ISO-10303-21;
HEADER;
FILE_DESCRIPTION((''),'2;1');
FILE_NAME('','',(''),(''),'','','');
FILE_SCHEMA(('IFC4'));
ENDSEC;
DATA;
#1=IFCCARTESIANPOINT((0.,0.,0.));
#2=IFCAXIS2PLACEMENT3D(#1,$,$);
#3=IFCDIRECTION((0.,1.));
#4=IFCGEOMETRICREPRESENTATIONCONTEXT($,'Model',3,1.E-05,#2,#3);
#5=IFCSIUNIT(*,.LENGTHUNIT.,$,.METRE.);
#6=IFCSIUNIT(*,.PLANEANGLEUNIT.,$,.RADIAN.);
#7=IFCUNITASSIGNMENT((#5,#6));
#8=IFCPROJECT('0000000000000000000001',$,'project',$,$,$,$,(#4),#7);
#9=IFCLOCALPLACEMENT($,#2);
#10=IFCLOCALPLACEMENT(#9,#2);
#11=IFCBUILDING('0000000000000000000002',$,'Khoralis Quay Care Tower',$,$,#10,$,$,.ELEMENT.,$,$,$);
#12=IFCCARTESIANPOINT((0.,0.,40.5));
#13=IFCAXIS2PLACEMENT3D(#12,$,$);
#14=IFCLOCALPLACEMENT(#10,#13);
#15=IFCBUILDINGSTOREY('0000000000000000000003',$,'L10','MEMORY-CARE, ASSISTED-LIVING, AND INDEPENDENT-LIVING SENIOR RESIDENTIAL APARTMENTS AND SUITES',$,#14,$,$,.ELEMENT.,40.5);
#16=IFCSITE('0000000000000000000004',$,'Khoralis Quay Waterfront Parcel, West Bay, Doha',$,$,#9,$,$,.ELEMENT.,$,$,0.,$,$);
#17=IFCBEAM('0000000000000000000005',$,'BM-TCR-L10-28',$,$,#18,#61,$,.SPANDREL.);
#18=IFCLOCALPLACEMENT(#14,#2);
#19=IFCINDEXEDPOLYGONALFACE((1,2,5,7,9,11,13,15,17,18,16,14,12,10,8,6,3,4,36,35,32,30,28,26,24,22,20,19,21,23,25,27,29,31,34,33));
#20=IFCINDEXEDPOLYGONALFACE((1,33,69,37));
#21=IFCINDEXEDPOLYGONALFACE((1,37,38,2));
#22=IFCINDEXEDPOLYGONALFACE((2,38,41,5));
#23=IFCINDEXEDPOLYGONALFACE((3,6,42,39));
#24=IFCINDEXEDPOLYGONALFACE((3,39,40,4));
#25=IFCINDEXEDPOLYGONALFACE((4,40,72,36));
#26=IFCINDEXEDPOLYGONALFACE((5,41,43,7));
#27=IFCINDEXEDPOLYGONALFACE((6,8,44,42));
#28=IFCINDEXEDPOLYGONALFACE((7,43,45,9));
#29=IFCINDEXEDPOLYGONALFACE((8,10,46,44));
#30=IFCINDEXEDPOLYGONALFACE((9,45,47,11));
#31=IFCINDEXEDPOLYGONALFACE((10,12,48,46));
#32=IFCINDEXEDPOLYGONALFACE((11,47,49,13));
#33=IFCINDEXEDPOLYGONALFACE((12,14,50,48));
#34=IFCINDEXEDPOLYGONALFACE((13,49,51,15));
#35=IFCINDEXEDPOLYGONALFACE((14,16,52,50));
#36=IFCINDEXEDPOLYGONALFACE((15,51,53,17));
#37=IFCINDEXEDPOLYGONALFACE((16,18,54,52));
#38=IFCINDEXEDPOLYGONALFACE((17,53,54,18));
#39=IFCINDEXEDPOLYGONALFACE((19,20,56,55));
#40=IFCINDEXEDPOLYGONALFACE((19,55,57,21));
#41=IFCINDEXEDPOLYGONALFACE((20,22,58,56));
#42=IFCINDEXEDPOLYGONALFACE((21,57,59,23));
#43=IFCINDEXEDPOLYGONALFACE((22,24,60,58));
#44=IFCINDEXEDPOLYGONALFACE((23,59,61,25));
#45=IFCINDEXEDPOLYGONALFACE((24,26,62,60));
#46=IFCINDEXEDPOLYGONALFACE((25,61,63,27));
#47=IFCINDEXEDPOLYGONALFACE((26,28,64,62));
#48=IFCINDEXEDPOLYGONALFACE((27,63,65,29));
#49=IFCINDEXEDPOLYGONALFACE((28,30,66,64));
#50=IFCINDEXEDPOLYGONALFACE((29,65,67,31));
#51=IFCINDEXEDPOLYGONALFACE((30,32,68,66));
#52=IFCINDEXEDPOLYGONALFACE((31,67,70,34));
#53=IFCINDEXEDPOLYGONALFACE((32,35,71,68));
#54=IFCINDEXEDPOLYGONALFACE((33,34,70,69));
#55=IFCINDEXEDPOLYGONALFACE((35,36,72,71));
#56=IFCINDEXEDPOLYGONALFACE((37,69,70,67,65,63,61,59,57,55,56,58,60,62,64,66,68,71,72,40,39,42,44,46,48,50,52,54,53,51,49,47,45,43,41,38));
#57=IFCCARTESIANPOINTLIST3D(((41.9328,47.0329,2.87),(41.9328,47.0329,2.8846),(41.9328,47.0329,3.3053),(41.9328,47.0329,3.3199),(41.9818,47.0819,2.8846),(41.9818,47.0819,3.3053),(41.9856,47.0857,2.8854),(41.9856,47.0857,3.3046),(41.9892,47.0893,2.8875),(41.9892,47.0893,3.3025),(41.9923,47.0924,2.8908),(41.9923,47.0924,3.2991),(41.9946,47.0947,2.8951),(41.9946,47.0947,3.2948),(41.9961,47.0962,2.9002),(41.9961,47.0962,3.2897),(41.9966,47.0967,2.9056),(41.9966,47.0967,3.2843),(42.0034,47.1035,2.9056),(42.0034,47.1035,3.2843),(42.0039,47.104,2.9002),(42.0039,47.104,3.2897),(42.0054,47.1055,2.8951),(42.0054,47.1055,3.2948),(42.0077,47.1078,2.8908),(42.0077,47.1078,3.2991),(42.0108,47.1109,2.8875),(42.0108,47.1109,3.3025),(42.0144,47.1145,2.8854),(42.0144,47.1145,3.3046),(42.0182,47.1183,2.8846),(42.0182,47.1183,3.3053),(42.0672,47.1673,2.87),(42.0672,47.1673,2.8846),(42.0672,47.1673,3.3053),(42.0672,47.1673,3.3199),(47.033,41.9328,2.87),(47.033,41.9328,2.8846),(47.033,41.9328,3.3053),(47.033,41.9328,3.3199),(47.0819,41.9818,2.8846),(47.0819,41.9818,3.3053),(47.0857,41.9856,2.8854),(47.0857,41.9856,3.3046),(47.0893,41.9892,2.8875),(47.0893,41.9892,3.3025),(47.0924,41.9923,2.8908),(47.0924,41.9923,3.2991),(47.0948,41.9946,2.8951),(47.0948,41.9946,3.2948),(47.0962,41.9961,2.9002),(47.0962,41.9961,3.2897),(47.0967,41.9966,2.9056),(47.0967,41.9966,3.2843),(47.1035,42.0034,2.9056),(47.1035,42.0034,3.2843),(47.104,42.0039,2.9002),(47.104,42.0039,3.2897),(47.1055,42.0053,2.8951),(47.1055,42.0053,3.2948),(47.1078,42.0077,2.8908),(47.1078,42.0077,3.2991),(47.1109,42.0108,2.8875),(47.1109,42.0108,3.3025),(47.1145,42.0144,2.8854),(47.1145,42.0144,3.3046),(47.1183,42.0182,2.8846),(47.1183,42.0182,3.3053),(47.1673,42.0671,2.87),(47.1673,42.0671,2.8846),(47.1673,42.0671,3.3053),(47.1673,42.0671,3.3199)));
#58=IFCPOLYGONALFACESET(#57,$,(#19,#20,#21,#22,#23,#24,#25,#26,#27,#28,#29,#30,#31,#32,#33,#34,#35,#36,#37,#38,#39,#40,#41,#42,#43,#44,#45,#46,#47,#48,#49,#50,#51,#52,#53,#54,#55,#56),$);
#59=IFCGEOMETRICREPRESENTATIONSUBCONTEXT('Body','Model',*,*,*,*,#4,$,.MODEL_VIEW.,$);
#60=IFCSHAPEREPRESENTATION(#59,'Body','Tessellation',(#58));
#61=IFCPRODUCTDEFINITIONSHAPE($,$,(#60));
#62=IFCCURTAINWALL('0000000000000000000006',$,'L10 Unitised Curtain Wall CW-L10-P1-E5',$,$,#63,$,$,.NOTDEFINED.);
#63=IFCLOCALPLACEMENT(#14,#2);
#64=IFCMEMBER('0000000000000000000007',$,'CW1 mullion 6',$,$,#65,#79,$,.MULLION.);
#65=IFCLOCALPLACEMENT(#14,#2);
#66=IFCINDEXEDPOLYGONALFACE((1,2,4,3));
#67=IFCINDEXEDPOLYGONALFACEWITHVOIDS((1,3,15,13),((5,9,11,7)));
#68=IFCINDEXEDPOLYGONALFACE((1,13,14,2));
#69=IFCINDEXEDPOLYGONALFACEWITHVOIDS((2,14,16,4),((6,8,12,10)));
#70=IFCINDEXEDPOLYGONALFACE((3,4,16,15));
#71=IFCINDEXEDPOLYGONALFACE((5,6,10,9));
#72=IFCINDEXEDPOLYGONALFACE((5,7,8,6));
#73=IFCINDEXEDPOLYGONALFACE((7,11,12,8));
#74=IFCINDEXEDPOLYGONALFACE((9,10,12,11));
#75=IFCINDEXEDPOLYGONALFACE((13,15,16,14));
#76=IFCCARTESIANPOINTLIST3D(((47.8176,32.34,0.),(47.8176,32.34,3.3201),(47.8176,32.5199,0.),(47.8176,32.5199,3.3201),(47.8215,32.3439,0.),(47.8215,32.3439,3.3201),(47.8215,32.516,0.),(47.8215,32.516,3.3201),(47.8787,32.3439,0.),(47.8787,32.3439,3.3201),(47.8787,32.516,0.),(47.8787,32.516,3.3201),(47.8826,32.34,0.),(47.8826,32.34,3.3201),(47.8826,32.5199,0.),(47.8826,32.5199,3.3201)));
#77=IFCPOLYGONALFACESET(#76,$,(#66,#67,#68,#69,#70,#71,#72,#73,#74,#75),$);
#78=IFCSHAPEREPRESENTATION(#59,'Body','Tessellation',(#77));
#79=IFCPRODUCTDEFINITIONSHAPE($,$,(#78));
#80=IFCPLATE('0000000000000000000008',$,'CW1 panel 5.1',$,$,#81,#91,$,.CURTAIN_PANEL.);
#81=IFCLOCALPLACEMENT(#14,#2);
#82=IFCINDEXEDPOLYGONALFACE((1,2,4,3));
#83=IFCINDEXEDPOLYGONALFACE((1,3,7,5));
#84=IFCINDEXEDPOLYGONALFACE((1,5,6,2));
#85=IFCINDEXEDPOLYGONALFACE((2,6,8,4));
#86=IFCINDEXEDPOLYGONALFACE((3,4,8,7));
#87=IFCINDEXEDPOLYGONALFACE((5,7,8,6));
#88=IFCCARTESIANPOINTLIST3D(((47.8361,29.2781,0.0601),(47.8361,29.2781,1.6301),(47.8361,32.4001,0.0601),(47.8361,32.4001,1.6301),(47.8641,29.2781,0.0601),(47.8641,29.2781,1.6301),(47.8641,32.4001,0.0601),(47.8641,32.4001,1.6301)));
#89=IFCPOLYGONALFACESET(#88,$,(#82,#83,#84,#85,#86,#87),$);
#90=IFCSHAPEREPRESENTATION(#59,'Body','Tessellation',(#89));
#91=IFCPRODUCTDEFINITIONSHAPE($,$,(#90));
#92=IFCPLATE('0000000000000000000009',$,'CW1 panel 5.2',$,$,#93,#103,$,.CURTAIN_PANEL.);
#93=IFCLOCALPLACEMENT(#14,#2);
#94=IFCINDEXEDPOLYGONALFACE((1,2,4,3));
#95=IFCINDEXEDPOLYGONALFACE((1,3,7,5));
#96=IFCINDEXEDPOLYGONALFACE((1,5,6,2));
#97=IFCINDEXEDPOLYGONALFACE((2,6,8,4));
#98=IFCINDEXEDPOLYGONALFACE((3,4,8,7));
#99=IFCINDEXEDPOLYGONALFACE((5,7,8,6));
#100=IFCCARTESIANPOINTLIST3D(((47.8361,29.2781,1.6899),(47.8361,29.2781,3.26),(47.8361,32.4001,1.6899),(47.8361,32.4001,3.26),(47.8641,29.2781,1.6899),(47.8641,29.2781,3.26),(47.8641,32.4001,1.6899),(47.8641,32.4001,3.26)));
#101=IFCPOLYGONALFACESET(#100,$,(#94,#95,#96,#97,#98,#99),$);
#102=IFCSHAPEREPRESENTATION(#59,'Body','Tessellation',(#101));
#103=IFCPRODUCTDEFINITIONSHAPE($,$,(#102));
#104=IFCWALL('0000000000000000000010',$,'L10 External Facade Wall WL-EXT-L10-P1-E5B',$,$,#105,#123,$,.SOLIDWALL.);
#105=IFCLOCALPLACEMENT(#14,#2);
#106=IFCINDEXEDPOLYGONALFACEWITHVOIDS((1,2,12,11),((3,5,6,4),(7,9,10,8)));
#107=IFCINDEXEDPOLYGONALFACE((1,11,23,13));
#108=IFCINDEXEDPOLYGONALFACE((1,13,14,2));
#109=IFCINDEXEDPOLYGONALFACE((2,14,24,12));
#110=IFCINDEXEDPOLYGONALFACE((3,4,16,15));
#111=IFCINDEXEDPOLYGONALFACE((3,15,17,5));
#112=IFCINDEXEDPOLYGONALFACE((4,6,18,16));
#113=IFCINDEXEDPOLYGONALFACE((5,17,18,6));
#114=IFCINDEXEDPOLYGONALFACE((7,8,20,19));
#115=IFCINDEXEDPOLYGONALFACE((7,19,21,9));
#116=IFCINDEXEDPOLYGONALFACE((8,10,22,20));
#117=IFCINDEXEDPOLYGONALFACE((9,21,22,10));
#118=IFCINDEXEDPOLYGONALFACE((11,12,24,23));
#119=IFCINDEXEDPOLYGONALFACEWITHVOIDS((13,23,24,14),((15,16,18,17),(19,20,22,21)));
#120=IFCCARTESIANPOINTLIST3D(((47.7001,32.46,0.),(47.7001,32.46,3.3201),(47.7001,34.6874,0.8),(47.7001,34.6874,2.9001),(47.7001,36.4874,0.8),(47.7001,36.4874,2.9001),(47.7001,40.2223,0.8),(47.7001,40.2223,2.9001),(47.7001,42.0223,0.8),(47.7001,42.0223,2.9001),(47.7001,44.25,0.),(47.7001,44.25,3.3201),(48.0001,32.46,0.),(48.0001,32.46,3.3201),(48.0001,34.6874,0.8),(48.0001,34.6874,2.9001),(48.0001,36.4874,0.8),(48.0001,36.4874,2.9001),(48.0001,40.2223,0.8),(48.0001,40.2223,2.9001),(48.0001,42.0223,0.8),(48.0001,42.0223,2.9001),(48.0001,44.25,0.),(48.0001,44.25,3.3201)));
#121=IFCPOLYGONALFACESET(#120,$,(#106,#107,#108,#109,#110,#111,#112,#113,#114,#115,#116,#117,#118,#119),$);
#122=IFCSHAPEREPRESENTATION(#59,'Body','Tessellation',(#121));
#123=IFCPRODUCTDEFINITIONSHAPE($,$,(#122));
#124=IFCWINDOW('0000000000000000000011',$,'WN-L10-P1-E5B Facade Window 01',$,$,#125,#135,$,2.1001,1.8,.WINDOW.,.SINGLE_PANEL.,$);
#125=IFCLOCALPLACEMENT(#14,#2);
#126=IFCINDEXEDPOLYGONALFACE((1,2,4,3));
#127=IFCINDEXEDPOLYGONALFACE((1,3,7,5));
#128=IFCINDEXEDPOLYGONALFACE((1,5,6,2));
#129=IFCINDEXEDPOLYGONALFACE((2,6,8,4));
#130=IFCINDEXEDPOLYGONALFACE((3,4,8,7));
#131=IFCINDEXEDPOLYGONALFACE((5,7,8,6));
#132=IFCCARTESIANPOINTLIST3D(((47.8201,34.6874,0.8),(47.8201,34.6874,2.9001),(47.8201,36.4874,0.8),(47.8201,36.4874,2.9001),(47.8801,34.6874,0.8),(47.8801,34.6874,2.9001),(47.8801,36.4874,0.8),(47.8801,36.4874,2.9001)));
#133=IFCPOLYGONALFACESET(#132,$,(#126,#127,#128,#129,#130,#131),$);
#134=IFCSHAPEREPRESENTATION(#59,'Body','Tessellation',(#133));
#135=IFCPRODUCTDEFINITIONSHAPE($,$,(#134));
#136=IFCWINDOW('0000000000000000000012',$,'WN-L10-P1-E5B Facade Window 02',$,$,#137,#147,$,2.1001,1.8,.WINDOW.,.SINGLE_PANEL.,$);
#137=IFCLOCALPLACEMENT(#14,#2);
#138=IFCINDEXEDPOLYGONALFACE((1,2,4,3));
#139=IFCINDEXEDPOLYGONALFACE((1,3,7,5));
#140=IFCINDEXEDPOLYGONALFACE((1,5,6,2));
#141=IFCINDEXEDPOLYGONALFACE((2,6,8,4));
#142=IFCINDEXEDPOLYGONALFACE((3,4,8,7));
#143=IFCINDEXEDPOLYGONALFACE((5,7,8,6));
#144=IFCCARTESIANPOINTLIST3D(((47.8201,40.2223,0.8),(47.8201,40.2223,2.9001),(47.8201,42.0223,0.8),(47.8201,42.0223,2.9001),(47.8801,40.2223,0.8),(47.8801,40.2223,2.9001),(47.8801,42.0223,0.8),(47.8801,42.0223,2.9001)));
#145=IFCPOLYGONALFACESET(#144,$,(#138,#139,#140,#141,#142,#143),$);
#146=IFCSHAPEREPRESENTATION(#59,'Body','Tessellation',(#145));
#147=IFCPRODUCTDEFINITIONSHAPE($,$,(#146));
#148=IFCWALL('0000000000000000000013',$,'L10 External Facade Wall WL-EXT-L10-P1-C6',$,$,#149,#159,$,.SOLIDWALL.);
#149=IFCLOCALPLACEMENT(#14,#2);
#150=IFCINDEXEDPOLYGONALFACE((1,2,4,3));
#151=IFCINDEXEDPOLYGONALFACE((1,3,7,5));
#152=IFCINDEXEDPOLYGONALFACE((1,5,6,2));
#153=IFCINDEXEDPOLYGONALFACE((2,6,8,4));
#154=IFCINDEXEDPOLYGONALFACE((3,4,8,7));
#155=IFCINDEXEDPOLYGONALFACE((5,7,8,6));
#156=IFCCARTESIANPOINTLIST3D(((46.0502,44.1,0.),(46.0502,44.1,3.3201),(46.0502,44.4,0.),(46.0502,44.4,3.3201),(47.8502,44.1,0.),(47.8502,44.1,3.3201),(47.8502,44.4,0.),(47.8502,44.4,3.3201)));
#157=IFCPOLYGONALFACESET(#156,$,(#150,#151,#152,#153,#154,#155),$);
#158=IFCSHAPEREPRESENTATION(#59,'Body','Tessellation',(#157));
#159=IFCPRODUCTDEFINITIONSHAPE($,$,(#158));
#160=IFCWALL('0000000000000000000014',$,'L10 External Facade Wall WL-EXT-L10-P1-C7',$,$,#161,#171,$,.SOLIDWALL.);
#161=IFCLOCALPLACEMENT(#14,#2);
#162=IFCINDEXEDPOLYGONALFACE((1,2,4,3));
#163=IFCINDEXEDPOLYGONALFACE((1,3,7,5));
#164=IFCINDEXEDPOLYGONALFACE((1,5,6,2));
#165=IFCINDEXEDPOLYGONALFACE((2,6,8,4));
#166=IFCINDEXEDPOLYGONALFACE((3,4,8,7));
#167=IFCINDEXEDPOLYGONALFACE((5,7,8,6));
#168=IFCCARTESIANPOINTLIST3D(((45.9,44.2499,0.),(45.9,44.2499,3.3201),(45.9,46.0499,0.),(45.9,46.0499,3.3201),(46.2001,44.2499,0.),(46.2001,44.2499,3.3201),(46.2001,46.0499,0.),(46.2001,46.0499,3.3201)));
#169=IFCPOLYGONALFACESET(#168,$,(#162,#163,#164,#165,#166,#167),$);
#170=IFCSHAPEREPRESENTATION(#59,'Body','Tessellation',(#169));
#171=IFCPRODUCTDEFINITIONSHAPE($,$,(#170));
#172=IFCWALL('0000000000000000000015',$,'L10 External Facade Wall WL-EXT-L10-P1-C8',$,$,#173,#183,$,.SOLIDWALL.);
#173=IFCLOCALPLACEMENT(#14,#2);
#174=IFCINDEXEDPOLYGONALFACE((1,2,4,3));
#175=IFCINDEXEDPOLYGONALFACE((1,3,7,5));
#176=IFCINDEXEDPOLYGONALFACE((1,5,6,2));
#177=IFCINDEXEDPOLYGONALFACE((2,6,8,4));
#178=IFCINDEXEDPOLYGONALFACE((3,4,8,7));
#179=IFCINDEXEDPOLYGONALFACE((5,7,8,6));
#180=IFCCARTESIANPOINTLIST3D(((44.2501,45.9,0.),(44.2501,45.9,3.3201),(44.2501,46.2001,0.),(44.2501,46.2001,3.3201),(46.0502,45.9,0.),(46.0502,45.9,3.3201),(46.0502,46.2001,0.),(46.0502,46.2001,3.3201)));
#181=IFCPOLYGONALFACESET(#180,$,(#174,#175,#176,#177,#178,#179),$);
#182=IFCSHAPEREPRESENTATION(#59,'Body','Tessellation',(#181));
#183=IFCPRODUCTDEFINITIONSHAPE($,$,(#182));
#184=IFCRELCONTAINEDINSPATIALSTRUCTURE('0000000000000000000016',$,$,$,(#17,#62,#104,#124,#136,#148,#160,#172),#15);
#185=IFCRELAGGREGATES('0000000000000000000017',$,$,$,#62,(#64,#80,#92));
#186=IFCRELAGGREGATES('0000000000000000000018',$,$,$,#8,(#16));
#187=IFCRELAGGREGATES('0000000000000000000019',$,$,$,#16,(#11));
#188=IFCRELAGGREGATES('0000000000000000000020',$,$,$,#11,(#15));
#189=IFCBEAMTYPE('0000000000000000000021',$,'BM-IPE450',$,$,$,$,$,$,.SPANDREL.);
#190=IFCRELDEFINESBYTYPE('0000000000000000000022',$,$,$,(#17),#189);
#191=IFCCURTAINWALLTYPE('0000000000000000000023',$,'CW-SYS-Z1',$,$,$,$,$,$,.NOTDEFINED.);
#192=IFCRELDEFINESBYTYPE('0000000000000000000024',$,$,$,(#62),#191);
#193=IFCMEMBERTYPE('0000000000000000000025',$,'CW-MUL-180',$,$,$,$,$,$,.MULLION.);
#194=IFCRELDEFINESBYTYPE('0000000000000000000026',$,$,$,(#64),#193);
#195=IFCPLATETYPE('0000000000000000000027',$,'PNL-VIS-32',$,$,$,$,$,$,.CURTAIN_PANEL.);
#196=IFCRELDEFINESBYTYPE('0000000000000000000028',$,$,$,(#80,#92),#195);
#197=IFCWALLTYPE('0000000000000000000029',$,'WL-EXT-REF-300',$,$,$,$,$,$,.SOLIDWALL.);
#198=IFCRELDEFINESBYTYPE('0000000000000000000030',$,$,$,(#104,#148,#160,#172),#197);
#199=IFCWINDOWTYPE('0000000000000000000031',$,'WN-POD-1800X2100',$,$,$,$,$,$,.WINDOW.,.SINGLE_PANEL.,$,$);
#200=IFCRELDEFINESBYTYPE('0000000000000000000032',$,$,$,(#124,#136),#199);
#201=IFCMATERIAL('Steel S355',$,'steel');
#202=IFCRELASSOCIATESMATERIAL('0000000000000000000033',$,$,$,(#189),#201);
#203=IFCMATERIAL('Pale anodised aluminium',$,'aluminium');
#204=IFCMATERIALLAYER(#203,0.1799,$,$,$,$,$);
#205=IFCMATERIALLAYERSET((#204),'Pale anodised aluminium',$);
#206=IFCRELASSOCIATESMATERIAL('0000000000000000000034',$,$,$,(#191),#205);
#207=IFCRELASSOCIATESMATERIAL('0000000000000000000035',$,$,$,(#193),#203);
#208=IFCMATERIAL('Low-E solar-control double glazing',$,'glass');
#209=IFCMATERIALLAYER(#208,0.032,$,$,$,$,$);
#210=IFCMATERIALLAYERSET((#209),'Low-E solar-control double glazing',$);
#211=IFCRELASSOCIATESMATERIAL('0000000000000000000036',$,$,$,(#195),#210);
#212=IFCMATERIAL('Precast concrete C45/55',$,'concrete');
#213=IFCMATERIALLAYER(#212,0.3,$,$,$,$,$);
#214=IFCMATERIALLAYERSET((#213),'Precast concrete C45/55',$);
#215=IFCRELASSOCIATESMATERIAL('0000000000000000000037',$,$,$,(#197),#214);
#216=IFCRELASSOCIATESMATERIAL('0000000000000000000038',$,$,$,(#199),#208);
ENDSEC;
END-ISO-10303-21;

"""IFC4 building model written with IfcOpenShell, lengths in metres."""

from ifc_helpers import new_model, si_unit, direction, frame, frame_2d, origin, origin_2d, place, context, subcontext, project, spatial, rectangle, hollow_rectangle, i_section, extrude, source, transform, mapped, material, layer, layer_set, material_profile, profile_set, type_object, element, fill, aggregate, save


model = new_model("IFC4")

# Units and contexts
model_context = context("Model", 3, precision=1e-05, world=origin(), true_north=direction((0.0, 1.0)))
body_context = subcontext(model_context, "Body", "Model", "MODEL_VIEW")
ifc_project = project(units=[si_unit("LENGTHUNIT", "METRE"), si_unit("PLANEANGLEUNIT", "RADIAN")], contexts=[model_context])

# Site, building, storey
site_placement = place(None, origin())
site = spatial("IfcSite", under=ifc_project, at=site_placement, Name="Khoralis Quay Waterfront Parcel, West Bay, Doha", CompositionType="ELEMENT", RefElevation=0.0)
building_placement = place(site_placement, origin())
building = spatial("IfcBuilding", under=site, at=building_placement, Name="Khoralis Quay Care Tower", CompositionType="ELEMENT")
storey_placement = place(building_placement, frame((0.0, 0.0, 40.5)))
storey = spatial("IfcBuildingStorey", under=building, at=storey_placement, Name="L10", Description="MEMORY-CARE, ASSISTED-LIVING, AND INDEPENDENT-LIVING SENIOR RESIDENTIAL APARTMENTS AND SUITES", CompositionType="ELEMENT", Elevation=40.5)

# Beam
ifc_material_1 = material(Name="Steel S355", Category="steel")
ifc_material_profile_1 = material_profile(ifc_material_1, i_section(OverallWidth=0.1899, OverallDepth=0.45, WebThickness=0.0095, FlangeThickness=0.0146, FilletRadius=0.021, at=origin_2d()), Name="Steel S355")
ifc_profile_set_1 = profile_set([ifc_material_profile_1], Name="Steel S355")
beam_type = type_object("IfcBeamType", Name="BM-IPE450", PredefinedType="SPANDREL", material=ifc_profile_set_1)
shared_shape_1 = source(origin(), body_context, "Body", "SweptSolid", [
    extrude(i_section(OverallWidth=0.1899, OverallDepth=0.45, WebThickness=0.0095, FlangeThickness=0.0146, FilletRadius=0.021, at=origin_2d()), origin(), (0.0, 0.0, 1.0), 7.2126),
])
beam_placement = place(storey_placement, frame((42.0, 47.1001, 3.095), z_axis=(0.707107, -0.707107, 0.0), x_axis=(0.707107, 0.707107, 0.0)))
element("IfcBeam", 1, at=beam_placement, inside=storey, type_object=beam_type, Name="BM-TCR-L10-28", PredefinedType="SPANDREL", context=body_context, shape_type="MappedRepresentation", body=[
    mapped(shared_shape_1, transform((0.0, 0.0, 0.0), scale=1.0)),
])

# Curtain wall, member, plates
ifc_material_2 = material(Name="Pale anodised aluminium", Category="aluminium")
ifc_layer_1 = layer(ifc_material_2, 0.1799)
ifc_layer_set_1 = layer_set([ifc_layer_1], Name="Pale anodised aluminium")
curtain_wall_type = type_object("IfcCurtainWallType", Name="CW-SYS-Z1", PredefinedType="NOTDEFINED", material=ifc_layer_set_1)
curtain_wall_placement = place(storey_placement, origin())
curtain_wall = element("IfcCurtainWall", 2, at=curtain_wall_placement, inside=storey, type_object=curtain_wall_type, Name="L10 Unitised Curtain Wall CW-L10-P1-E5", PredefinedType="NOTDEFINED")
ifc_material_profile_2 = material_profile(ifc_material_2, hollow_rectangle(XDim=0.0649, YDim=0.1799, WallThickness=0.0039, at=origin_2d()), Name="Pale anodised aluminium")
ifc_profile_set_2 = profile_set([ifc_material_profile_2], Name="Pale anodised aluminium")
member_type = type_object("IfcMemberType", Name="CW-MUL-180", PredefinedType="MULLION", material=ifc_profile_set_2)
shared_shape_2 = source(origin(), body_context, "Body", "SweptSolid", [
    extrude(hollow_rectangle(XDim=0.0649, YDim=0.1799, WallThickness=0.0039, at=origin_2d()), origin(), (0.0, 0.0, 1.0), 3.3201),
])
member_placement = place(storey_placement, frame((47.8501, 32.4299, 0.0), z_axis=(0.0, 0.0, 1.0), x_axis=(-1.0, 0.0, 0.0)))
member = element("IfcMember", 3, at=member_placement, type_object=member_type, Name="CW1 mullion 6", PredefinedType="MULLION", context=body_context, shape_type="MappedRepresentation", body=[
    mapped(shared_shape_2, transform((0.0, 0.0, 0.0), scale=1.0)),
])
ifc_material_3 = material(Name="Low-E solar-control double glazing", Category="glass")
ifc_layer_2 = layer(ifc_material_3, 0.032)
ifc_layer_set_2 = layer_set([ifc_layer_2], Name="Low-E solar-control double glazing")
plate_type = type_object("IfcPlateType", Name="PNL-VIS-32", PredefinedType="CURTAIN_PANEL", material=ifc_layer_set_2)
shared_shape_3 = source(origin(), body_context, "Body", "SweptSolid", [
    extrude(rectangle(XDim=3.1221, YDim=0.0281, at=origin_2d()), origin(), (0.0, 0.0, 1.0), 1.5701),
])
plate_1_placement = place(storey_placement, frame((47.8501, 30.8391, 0.0601), z_axis=(0.0, 0.0, 1.0), x_axis=(0.0, 1.0, 0.0)))
plate_1 = element("IfcPlate", 4, at=plate_1_placement, type_object=plate_type, Name="CW1 panel 5.1", PredefinedType="CURTAIN_PANEL", context=body_context, shape_type="MappedRepresentation", body=[
    mapped(shared_shape_3, transform((0.0, 0.0, 0.0), scale=1.0)),
])
plate_2_placement = place(storey_placement, frame((47.8501, 30.8391, 1.6899), z_axis=(0.0, 0.0, 1.0), x_axis=(0.0, 1.0, 0.0)))
plate_2 = element("IfcPlate", 5, at=plate_2_placement, type_object=plate_type, Name="CW1 panel 5.2", PredefinedType="CURTAIN_PANEL", context=body_context, shape_type="MappedRepresentation", body=[
    mapped(shared_shape_3, transform((0.0, 0.0, 0.0), scale=1.0)),
])
aggregate(curtain_wall, [member, plate_1, plate_2])

# Wall, openings, windows
ifc_material_4 = material(Name="Precast concrete C45/55", Category="concrete")
ifc_layer_3 = layer(ifc_material_4, 0.3)
ifc_layer_set_3 = layer_set([ifc_layer_3], Name="Precast concrete C45/55")
wall_type_1 = type_object("IfcWallType", Name="WL-EXT-REF-300", PredefinedType="SOLIDWALL", material=ifc_layer_set_3)
wall_1_placement = place(storey_placement, frame((47.8501, 32.46, 0.0), z_axis=(0.0, 0.0, 1.0), x_axis=(0.0, 1.0, 0.0)))
wall_1 = element("IfcWall", 6, at=wall_1_placement, inside=storey, type_object=wall_type_1, Name="L10 External Facade Wall WL-EXT-L10-P1-E5B", PredefinedType="SOLIDWALL", context=body_context, shape_type="SweptSolid", body=[
    extrude(rectangle(XDim=11.79, YDim=0.3, at=frame_2d((5.895, 0.0))), origin(), (0.0, 0.0, 1.0), 3.3201),
])
opening_1_placement = place(wall_1_placement, frame((2.2275, 0.0, 0.8)))
opening_1 = element("IfcOpeningElement", 7, at=opening_1_placement, cuts=wall_1, PredefinedType="OPENING", context=body_context, shape_type="SweptSolid", body=[
    extrude(rectangle(XDim=1.8, YDim=2.1001, at=frame_2d((0.8999, 1.05))), frame((0.0, 0.1602, 0.0), z_axis=(0.0, -1.0, 0.0), x_axis=(1.0, 0.0, 0.0)), (0.0, 0.0, 1.0), 0.3201),
])
opening_2_placement = place(wall_1_placement, frame((7.7625, 0.0, 0.8)))
opening_2 = element("IfcOpeningElement", 8, at=opening_2_placement, cuts=wall_1, PredefinedType="OPENING", context=body_context, shape_type="SweptSolid", body=[
    extrude(rectangle(XDim=1.8, YDim=2.1001, at=frame_2d((0.8999, 1.05))), frame((0.0, 0.1602, 0.0), z_axis=(0.0, -1.0, 0.0), x_axis=(1.0, 0.0, 0.0)), (0.0, 0.0, 1.0), 0.3201),
])
window_type = type_object("IfcWindowType", Name="WN-POD-1800X2100", PartitioningType="SINGLE_PANEL", PredefinedType="WINDOW", material=ifc_material_3)
shared_shape_4 = source(origin(), body_context, "Body", "SweptSolid", [
    extrude(rectangle(XDim=1.8, YDim=2.1001, at=frame_2d((0.8999, 1.05))), frame((0.0, 0.03, 0.0), z_axis=(0.0, -1.0, 0.0), x_axis=(1.0, 0.0, 0.0)), (0.0, 0.0, 1.0), 0.0601),
])
window_1_placement = place(opening_1_placement, origin())
window_1 = element("IfcWindow", 9, at=window_1_placement, inside=storey, type_object=window_type, Name="WN-L10-P1-E5B Facade Window 01", OverallHeight=2.1001, OverallWidth=1.8, PartitioningType="SINGLE_PANEL", PredefinedType="WINDOW", context=body_context, shape_type="MappedRepresentation", body=[
    mapped(shared_shape_4, transform((0.0, 0.0, 0.0), scale=1.0)),
])
fill(opening_1, window_1)
window_2_placement = place(opening_2_placement, origin())
window_2 = element("IfcWindow", 10, at=window_2_placement, inside=storey, type_object=window_type, Name="WN-L10-P1-E5B Facade Window 02", OverallHeight=2.1001, OverallWidth=1.8, PartitioningType="SINGLE_PANEL", PredefinedType="WINDOW", context=body_context, shape_type="MappedRepresentation", body=[
    mapped(shared_shape_4, transform((0.0, 0.0, 0.0), scale=1.0)),
])
fill(opening_2, window_2)

# Walls
for number, where, z_axis, x_axis, name in (
    (11, (47.8501, 44.25, 0.0), (0.0, 0.0, 1.0), (-1.0, 0.0, 0.0), "L10 External Facade Wall WL-EXT-L10-P1-C6"),
    (12, (46.05, 44.25, 0.0), (0.0, 0.0, 1.0), (0.0, 1.0, 0.0), "L10 External Facade Wall WL-EXT-L10-P1-C7"),
    (13, (46.05, 46.05, 0.0), (0.0, 0.0, 1.0), (-1.0, 0.0, 0.0), "L10 External Facade Wall WL-EXT-L10-P1-C8"),
):
    element("IfcWall", number, at=place(storey_placement, frame(where, z_axis=z_axis, x_axis=x_axis)), inside=storey, type_object=wall_type_1, Name=name, PredefinedType="SOLIDWALL", context=body_context, shape_type="SweptSolid", body=[
        extrude(rectangle(XDim=1.8, YDim=0.3, at=frame_2d((0.8999, 0.0))), origin(), (0.0, 0.0, 1.0), 3.3201),
    ])

save(model, "model.ifc")
